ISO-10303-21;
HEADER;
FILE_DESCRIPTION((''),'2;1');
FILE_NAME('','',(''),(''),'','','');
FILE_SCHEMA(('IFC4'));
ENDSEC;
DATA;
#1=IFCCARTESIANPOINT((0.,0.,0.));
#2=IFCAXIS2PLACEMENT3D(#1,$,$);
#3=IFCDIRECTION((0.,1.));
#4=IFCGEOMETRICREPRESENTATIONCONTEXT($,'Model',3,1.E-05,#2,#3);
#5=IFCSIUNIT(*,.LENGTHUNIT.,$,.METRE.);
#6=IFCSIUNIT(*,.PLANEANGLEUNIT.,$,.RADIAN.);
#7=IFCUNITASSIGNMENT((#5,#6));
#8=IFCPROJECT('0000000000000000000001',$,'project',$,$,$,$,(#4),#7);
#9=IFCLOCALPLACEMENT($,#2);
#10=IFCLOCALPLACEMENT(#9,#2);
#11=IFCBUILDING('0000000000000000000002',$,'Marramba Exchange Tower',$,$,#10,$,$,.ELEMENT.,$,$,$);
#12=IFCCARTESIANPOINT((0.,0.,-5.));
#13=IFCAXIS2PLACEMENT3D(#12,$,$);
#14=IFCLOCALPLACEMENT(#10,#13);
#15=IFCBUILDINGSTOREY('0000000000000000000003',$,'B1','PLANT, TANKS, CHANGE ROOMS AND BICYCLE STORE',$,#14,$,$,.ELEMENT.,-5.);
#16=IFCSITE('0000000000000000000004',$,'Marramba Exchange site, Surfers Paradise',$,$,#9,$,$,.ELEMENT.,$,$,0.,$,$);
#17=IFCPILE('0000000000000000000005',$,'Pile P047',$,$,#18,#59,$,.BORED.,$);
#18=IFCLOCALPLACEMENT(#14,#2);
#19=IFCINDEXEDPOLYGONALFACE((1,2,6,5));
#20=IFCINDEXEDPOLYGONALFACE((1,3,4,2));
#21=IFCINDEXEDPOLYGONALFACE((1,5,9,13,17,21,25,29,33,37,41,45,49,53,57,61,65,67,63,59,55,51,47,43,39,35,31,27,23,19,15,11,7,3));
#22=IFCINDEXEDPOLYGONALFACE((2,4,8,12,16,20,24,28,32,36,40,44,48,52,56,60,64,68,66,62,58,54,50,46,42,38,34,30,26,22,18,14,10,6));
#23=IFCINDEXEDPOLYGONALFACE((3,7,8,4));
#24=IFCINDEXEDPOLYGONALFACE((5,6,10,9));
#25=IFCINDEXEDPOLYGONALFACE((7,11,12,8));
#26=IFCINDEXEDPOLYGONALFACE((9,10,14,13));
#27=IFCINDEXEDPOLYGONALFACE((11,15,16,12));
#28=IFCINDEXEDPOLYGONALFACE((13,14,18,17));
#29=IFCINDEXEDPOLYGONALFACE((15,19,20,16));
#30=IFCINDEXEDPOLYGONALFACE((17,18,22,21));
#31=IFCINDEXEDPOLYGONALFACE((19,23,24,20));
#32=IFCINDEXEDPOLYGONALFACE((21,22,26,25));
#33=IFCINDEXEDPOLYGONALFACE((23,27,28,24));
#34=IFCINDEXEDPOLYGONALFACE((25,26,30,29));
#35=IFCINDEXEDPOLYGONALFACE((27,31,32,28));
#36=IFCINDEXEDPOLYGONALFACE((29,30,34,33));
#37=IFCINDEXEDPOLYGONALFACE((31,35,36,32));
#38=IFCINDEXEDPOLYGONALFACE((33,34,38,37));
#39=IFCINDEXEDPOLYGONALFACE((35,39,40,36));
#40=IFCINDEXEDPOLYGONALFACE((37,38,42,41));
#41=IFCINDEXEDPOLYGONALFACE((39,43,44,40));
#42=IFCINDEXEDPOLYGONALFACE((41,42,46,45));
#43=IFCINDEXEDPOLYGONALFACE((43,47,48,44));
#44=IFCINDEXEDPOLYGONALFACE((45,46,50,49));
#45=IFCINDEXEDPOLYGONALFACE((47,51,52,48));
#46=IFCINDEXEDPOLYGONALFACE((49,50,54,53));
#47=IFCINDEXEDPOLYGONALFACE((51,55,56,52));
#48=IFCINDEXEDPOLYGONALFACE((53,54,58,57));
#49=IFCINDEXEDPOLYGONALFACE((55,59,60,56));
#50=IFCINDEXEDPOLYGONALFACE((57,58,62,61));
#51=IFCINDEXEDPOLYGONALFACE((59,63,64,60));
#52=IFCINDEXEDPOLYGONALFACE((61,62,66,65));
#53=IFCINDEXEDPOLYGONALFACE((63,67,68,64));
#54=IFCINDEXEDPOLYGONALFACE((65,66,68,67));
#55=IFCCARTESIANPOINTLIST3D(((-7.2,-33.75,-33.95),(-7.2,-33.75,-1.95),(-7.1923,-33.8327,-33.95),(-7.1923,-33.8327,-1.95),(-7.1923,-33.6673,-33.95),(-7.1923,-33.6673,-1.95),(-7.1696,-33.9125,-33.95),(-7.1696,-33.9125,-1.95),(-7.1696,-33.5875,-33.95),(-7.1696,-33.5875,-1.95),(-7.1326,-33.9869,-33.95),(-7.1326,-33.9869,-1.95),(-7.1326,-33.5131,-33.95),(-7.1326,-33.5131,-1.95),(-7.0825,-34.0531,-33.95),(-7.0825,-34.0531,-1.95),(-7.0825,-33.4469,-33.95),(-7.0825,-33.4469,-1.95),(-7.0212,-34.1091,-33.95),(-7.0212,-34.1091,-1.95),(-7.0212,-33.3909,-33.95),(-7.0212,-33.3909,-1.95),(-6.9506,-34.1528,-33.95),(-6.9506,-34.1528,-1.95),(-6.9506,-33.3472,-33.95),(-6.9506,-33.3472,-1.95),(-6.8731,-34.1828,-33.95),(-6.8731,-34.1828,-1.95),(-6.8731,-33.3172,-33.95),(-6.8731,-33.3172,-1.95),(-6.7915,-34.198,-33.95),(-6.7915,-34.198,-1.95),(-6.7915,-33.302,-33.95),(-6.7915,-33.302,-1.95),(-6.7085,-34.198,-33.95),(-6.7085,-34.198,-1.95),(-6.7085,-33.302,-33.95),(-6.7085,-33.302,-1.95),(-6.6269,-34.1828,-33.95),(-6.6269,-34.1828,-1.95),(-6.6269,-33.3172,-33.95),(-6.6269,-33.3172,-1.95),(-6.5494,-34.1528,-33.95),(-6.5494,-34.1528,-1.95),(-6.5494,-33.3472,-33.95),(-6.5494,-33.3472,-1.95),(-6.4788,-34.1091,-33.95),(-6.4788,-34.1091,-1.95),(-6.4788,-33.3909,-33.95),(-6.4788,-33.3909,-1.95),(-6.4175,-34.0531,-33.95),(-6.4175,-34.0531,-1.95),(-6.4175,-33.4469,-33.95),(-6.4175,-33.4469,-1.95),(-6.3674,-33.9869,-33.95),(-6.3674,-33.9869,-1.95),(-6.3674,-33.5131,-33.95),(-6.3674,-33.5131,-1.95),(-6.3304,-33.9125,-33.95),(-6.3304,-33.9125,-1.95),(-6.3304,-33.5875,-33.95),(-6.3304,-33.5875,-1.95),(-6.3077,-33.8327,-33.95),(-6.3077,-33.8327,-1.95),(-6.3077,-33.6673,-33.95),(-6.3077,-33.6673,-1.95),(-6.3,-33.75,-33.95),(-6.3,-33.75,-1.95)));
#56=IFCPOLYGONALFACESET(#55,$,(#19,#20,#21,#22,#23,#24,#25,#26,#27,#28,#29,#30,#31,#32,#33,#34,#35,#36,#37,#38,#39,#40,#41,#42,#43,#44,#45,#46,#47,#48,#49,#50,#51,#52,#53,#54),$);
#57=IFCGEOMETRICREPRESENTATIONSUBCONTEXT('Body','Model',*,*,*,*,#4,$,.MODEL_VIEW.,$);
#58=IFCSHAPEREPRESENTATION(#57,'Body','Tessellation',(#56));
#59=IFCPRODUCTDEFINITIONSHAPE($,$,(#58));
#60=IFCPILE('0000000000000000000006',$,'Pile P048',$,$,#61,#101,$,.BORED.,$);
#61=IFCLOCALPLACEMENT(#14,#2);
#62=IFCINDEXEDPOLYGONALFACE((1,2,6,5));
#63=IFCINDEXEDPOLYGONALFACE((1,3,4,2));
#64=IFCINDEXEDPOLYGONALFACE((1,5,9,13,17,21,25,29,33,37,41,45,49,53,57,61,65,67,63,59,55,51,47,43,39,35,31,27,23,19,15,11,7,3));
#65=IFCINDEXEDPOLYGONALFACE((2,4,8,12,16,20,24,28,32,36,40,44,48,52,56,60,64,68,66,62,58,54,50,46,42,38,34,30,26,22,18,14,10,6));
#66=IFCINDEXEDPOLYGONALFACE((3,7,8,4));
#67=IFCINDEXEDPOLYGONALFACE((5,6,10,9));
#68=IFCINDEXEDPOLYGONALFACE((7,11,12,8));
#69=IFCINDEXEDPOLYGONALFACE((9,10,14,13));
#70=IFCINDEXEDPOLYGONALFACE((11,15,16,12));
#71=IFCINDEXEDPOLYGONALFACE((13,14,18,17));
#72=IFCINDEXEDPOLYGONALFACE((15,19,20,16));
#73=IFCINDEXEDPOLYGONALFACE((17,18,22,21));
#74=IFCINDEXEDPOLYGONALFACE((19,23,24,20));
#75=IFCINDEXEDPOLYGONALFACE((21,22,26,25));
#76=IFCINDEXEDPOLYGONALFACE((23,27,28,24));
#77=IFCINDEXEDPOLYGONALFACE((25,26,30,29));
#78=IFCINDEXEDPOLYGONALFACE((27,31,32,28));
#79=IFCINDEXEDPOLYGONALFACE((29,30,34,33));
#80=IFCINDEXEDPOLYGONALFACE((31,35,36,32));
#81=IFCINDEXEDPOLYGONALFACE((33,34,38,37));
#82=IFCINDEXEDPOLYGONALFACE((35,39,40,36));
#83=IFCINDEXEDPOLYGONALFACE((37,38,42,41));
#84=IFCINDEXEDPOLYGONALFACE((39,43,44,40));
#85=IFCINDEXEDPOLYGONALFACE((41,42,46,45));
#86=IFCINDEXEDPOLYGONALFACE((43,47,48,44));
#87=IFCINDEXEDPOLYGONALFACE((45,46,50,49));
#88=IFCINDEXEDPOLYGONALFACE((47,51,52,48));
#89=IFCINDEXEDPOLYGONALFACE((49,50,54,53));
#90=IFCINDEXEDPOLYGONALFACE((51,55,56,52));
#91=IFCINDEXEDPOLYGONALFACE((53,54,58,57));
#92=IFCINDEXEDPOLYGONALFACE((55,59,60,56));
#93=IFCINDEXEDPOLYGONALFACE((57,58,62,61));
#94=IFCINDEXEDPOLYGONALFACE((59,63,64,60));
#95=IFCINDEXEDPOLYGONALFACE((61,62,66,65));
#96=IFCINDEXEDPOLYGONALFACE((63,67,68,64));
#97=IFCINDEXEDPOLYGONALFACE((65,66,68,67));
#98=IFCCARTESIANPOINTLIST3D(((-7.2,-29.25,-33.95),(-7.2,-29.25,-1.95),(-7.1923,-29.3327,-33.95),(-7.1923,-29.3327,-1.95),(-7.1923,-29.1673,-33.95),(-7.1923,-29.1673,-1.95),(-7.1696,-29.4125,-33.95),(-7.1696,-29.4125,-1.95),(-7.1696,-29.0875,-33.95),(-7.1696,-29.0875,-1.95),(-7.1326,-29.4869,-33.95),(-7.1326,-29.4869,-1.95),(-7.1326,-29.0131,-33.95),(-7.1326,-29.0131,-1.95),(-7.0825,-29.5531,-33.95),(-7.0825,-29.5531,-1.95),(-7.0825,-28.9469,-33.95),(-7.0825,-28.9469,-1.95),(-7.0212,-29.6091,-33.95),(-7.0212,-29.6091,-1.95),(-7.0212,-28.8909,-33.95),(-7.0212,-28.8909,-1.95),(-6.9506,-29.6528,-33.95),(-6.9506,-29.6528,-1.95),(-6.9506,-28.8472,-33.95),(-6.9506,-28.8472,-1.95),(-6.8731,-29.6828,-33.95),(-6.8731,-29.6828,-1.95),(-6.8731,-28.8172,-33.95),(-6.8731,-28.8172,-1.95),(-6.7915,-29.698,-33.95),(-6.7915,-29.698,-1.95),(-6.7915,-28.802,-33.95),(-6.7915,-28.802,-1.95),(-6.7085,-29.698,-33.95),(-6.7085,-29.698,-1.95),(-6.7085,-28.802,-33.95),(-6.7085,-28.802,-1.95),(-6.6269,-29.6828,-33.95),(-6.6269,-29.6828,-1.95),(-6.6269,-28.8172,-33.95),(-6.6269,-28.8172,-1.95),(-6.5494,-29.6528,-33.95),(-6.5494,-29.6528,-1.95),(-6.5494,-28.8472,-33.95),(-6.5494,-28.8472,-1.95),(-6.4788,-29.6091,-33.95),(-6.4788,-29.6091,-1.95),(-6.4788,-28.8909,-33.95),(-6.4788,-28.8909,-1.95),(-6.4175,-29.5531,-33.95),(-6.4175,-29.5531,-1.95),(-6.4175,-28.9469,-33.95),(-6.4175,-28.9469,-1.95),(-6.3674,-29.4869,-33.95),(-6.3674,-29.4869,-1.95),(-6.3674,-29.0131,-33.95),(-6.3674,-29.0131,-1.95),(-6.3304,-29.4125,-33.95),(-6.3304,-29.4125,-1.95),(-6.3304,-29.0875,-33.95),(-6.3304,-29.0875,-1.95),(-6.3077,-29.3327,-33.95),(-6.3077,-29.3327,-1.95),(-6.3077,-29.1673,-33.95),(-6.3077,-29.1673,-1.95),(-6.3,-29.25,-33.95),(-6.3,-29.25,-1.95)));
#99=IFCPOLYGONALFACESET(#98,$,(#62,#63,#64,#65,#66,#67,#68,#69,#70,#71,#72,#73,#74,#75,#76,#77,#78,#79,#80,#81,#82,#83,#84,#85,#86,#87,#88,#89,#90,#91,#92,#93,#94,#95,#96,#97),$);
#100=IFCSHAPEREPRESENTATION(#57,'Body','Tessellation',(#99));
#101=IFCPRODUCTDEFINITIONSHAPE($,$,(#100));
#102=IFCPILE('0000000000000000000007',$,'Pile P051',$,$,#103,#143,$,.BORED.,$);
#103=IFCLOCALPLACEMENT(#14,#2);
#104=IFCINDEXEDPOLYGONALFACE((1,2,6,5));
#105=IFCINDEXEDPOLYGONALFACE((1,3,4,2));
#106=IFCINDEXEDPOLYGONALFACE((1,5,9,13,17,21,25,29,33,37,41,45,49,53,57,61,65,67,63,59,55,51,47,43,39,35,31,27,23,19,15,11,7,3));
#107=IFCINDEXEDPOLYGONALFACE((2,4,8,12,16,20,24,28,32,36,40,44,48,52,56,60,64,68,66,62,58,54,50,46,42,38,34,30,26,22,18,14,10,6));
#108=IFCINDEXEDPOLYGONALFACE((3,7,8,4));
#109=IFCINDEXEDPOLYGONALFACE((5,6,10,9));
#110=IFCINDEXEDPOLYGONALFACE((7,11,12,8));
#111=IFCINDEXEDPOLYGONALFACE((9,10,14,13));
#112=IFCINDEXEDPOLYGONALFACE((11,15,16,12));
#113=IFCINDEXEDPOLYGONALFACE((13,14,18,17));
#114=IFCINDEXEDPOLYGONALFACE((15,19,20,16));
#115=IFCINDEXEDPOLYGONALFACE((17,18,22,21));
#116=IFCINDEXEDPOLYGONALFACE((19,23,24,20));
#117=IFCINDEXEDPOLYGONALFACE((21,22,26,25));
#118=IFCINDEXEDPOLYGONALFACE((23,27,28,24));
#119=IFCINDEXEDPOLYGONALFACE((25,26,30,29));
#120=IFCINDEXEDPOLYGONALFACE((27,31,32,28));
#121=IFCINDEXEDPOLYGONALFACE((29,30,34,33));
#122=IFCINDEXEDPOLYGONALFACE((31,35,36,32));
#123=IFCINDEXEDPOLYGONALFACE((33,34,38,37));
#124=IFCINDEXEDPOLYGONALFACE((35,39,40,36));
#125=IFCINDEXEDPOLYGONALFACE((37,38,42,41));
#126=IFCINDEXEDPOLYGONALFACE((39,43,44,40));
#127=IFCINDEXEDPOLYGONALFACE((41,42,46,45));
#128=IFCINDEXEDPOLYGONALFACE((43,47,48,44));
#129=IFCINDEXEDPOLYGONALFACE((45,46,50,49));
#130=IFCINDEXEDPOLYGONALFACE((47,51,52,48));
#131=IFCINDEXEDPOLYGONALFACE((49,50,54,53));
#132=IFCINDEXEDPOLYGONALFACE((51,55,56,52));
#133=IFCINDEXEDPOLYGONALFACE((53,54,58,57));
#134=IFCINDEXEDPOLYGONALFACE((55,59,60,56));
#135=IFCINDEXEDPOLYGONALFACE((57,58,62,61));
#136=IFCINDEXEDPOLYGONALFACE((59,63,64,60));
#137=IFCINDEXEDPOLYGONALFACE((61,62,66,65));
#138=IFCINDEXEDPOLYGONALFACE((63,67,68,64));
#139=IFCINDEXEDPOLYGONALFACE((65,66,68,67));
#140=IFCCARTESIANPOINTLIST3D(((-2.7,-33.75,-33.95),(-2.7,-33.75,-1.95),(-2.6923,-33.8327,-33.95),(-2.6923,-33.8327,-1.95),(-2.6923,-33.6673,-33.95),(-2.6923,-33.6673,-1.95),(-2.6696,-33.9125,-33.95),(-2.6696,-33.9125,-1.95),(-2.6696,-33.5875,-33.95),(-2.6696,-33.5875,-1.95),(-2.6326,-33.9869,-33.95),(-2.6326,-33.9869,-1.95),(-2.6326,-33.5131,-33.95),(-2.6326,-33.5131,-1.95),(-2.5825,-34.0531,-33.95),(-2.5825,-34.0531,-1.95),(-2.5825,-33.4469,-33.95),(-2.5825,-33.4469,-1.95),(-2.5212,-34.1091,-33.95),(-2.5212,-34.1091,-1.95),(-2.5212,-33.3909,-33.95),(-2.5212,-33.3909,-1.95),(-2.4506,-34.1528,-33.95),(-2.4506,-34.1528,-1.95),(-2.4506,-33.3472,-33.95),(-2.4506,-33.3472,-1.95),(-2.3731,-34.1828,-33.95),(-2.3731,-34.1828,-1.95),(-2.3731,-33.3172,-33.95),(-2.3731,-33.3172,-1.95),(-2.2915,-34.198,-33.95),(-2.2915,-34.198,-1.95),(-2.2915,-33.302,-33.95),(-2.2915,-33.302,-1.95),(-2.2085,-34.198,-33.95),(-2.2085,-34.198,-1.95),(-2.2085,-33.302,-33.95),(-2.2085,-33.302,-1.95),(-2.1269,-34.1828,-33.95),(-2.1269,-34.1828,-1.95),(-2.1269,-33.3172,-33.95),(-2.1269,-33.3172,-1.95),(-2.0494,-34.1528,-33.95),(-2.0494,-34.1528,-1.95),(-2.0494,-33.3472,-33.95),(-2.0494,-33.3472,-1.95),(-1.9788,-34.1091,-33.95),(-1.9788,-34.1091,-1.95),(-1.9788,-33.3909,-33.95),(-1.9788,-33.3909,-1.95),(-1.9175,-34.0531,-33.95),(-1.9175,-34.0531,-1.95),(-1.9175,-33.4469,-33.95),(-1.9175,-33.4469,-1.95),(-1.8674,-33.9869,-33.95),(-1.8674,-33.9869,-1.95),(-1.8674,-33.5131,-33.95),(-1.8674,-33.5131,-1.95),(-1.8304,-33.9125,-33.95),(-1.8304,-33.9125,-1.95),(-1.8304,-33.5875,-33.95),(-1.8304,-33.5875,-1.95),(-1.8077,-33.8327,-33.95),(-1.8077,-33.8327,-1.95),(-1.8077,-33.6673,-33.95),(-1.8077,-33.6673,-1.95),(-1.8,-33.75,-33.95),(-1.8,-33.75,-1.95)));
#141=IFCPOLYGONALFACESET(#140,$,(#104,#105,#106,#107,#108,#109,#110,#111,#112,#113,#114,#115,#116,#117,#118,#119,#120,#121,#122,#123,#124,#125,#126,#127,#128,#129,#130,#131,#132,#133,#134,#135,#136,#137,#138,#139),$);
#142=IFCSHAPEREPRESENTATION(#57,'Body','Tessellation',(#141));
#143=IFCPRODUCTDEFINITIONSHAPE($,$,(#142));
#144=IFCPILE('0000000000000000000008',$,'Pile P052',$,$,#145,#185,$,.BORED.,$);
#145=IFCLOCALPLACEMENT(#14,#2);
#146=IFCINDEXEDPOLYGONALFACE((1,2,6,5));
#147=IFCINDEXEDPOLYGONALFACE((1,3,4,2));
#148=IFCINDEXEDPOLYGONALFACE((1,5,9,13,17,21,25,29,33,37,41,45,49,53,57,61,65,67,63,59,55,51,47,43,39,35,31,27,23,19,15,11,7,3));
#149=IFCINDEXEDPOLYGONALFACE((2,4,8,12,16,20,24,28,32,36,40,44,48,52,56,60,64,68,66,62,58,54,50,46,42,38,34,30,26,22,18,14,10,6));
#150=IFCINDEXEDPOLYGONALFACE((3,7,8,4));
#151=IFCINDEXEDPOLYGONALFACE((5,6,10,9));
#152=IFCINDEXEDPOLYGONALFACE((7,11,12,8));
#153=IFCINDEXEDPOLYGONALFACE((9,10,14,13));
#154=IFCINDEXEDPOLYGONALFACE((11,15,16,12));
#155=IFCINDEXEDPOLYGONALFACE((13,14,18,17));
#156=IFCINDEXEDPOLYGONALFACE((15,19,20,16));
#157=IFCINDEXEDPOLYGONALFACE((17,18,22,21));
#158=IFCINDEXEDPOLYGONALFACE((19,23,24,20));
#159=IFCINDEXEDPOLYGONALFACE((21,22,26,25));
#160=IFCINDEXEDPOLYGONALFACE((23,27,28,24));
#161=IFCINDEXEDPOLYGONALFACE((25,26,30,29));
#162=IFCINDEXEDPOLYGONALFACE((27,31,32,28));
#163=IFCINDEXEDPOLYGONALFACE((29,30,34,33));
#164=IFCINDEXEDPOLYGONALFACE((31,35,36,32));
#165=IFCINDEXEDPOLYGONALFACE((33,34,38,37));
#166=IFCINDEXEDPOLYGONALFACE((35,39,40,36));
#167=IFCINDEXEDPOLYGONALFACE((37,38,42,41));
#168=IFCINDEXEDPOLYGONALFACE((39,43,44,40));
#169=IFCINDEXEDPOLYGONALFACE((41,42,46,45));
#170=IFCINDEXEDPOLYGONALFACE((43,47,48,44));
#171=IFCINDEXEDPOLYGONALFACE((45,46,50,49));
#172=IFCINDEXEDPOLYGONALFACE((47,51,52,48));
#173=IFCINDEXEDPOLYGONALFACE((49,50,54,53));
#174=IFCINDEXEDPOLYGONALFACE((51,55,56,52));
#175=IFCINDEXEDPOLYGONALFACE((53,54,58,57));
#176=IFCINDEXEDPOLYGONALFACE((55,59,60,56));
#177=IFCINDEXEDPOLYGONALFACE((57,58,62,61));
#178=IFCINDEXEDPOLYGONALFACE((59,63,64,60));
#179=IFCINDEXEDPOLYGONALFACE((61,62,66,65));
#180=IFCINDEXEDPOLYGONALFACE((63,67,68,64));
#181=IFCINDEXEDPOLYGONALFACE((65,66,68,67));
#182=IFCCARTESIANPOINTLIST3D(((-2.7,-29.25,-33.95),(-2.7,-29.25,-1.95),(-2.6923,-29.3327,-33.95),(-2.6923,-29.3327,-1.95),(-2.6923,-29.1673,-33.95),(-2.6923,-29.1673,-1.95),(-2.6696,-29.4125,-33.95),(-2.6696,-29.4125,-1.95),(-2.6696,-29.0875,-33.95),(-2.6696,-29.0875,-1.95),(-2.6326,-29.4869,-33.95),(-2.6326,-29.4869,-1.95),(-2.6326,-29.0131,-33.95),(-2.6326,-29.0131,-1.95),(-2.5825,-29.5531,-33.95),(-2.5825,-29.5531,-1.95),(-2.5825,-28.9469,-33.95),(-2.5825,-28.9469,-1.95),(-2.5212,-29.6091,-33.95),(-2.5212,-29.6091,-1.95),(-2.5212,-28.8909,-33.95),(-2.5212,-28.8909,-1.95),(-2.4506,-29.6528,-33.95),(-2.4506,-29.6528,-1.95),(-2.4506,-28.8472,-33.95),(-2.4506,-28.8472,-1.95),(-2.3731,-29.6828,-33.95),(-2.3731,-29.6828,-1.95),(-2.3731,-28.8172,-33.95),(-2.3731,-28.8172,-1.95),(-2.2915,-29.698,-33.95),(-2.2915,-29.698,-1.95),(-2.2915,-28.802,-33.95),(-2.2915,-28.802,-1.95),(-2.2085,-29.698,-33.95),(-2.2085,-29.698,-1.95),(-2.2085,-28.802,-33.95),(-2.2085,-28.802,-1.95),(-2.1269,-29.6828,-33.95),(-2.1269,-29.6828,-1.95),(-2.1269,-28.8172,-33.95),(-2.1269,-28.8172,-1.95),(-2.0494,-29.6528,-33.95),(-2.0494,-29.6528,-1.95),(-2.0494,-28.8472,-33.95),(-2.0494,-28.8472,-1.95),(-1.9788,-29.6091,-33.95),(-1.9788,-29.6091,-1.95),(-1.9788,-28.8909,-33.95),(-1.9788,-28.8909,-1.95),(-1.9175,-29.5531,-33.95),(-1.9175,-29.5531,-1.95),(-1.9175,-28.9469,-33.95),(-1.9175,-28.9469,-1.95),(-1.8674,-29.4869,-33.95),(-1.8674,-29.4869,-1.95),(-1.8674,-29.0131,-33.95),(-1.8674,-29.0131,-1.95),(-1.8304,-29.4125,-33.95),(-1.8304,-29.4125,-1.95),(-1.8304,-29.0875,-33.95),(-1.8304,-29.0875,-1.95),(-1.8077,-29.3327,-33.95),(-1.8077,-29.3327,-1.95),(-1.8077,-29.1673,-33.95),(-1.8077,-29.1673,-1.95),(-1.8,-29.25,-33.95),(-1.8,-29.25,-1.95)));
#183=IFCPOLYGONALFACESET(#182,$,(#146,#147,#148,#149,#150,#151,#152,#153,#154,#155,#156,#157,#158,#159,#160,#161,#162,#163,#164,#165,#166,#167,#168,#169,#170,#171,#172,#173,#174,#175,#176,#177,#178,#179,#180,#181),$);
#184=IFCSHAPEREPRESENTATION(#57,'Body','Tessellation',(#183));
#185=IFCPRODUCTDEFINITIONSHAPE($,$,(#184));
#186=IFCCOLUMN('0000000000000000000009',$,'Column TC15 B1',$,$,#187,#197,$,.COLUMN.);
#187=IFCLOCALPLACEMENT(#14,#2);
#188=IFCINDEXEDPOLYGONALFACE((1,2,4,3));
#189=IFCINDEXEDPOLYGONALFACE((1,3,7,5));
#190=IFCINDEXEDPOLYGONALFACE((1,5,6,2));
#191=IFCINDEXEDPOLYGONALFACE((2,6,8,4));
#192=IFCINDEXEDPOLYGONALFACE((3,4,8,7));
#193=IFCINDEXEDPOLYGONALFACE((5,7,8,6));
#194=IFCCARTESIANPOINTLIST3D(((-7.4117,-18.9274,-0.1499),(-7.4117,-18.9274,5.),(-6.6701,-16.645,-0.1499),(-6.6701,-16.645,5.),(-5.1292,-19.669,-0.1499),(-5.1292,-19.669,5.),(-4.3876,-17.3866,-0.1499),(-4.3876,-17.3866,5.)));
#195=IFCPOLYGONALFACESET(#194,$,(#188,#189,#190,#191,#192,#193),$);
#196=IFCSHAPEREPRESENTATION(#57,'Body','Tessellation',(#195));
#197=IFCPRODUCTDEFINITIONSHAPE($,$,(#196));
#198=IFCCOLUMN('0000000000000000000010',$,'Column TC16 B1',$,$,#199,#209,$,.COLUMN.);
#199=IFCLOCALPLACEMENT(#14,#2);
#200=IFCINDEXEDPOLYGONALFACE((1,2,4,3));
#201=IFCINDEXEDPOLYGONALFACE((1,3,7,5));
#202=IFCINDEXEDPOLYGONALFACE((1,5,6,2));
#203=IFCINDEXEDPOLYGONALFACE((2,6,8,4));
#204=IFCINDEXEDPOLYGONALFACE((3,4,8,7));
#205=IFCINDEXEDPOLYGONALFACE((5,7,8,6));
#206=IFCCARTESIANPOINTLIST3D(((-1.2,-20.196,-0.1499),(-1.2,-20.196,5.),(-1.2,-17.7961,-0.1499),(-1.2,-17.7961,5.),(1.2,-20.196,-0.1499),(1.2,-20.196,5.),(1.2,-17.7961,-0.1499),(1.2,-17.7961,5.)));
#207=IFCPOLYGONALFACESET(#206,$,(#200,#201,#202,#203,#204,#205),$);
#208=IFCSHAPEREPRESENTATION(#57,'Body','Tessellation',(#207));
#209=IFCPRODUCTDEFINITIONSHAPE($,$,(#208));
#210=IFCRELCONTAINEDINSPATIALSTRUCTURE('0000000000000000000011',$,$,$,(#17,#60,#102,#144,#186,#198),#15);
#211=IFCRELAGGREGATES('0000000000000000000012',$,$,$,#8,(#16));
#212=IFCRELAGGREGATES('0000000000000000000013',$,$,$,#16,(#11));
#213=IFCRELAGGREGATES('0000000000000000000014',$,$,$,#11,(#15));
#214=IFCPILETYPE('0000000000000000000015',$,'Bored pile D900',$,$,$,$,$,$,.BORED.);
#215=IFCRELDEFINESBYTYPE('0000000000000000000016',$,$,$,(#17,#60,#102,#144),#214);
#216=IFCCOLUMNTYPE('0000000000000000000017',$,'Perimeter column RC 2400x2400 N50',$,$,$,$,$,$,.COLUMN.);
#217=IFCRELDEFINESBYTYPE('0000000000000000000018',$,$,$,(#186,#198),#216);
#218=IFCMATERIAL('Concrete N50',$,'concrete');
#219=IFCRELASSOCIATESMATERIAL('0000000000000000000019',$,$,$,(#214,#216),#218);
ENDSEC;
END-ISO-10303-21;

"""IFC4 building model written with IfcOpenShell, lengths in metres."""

from ifc_helpers import new_model, si_unit, direction, frame, origin, origin_2d, place, context, subcontext, project, spatial, rectangle, circle, extrude, material, material_profile, profile_set, type_object, element, save


model = new_model("IFC4")

# Units and contexts
model_context = context("Model", 3, precision=1e-05, world=origin(), true_north=direction((0.0, 1.0)))
body_context = subcontext(model_context, "Body", "Model", "MODEL_VIEW")
ifc_project = project(units=[si_unit("LENGTHUNIT", "METRE"), si_unit("PLANEANGLEUNIT", "RADIAN")], contexts=[model_context])

# Site, building, storey
site_placement = place(None, origin())
site = spatial("IfcSite", under=ifc_project, at=site_placement, Name="Marramba Exchange site, Surfers Paradise", CompositionType="ELEMENT", RefElevation=0.0)
building_placement = place(site_placement, origin())
building = spatial("IfcBuilding", under=site, at=building_placement, Name="Marramba Exchange Tower", CompositionType="ELEMENT")
storey_placement = place(building_placement, frame((0.0, 0.0, -5.0)))
storey = spatial("IfcBuildingStorey", under=building, at=storey_placement, Name="B1", Description="PLANT, TANKS, CHANGE ROOMS AND BICYCLE STORE", CompositionType="ELEMENT", Elevation=-5.0)

# Piles
ifc_material_1 = material(Name="Concrete N50", Category="concrete")
ifc_material_profile_1 = material_profile(ifc_material_1, circle(Radius=0.45, at=origin_2d()), Name="BP D900")
ifc_profile_set_1 = profile_set([ifc_material_profile_1], Name="Concrete N50")
pile_type_1 = type_object("IfcPileType", Name="Bored pile D900", PredefinedType="BORED", material=ifc_profile_set_1)
for number, where, z_axis, x_axis, name in (
    (1, (-6.75, -33.75, -1.95), (0.0, 0.0, -1.0), (1.0, 0.0, 0.0), "Pile P047"),
    (2, (-6.75, -29.25, -1.95), (0.0, 0.0, -1.0), (1.0, 0.0, 0.0), "Pile P048"),
    (3, (-2.25, -33.75, -1.95), (0.0, 0.0, -1.0), (1.0, 0.0, 0.0), "Pile P051"),
    (4, (-2.25, -29.25, -1.95), (0.0, 0.0, -1.0), (1.0, 0.0, 0.0), "Pile P052"),
):
    element("IfcPile", number, at=place(storey_placement, frame(where, z_axis=z_axis, x_axis=x_axis)), inside=storey, type_object=pile_type_1, Name=name, PredefinedType="BORED", context=body_context, shape_type="SweptSolid", body=[
        extrude(circle(Radius=0.45, at=origin_2d()), origin(), (0.0, 0.0, 1.0), 32.0),
    ])

# Columns
ifc_material_profile_2 = material_profile(ifc_material_1, rectangle(XDim=2.3999, YDim=2.3999, at=origin_2d()), Name="RC 2400x2400")
ifc_profile_set_2 = profile_set([ifc_material_profile_2], Name="Concrete N50")
column_type_1 = type_object("IfcColumnType", Name="Perimeter column RC 2400x2400 N50", PredefinedType="COLUMN", material=ifc_profile_set_2)
for number, where, z_axis, x_axis, name in (
    (5, (-5.8997, -18.157, -0.1499), (0.0, 0.0, 1.0), (-0.309017, -0.951057, 0.0), "Column TC15 B1"),
    (6, (0.0, -18.9961, -0.1499), (0.0, 0.0, 1.0), (0.0, -1.0, 0.0), "Column TC16 B1"),
):
    element("IfcColumn", number, at=place(storey_placement, frame(where, z_axis=z_axis, x_axis=x_axis)), inside=storey, type_object=column_type_1, Name=name, PredefinedType="COLUMN", context=body_context, shape_type="SweptSolid", body=[
        extrude(rectangle(XDim=2.3999, YDim=2.3999, at=origin_2d()), origin(), (0.0, 0.0, 1.0), 5.1499),
    ])

save(model, "model.ifc")
